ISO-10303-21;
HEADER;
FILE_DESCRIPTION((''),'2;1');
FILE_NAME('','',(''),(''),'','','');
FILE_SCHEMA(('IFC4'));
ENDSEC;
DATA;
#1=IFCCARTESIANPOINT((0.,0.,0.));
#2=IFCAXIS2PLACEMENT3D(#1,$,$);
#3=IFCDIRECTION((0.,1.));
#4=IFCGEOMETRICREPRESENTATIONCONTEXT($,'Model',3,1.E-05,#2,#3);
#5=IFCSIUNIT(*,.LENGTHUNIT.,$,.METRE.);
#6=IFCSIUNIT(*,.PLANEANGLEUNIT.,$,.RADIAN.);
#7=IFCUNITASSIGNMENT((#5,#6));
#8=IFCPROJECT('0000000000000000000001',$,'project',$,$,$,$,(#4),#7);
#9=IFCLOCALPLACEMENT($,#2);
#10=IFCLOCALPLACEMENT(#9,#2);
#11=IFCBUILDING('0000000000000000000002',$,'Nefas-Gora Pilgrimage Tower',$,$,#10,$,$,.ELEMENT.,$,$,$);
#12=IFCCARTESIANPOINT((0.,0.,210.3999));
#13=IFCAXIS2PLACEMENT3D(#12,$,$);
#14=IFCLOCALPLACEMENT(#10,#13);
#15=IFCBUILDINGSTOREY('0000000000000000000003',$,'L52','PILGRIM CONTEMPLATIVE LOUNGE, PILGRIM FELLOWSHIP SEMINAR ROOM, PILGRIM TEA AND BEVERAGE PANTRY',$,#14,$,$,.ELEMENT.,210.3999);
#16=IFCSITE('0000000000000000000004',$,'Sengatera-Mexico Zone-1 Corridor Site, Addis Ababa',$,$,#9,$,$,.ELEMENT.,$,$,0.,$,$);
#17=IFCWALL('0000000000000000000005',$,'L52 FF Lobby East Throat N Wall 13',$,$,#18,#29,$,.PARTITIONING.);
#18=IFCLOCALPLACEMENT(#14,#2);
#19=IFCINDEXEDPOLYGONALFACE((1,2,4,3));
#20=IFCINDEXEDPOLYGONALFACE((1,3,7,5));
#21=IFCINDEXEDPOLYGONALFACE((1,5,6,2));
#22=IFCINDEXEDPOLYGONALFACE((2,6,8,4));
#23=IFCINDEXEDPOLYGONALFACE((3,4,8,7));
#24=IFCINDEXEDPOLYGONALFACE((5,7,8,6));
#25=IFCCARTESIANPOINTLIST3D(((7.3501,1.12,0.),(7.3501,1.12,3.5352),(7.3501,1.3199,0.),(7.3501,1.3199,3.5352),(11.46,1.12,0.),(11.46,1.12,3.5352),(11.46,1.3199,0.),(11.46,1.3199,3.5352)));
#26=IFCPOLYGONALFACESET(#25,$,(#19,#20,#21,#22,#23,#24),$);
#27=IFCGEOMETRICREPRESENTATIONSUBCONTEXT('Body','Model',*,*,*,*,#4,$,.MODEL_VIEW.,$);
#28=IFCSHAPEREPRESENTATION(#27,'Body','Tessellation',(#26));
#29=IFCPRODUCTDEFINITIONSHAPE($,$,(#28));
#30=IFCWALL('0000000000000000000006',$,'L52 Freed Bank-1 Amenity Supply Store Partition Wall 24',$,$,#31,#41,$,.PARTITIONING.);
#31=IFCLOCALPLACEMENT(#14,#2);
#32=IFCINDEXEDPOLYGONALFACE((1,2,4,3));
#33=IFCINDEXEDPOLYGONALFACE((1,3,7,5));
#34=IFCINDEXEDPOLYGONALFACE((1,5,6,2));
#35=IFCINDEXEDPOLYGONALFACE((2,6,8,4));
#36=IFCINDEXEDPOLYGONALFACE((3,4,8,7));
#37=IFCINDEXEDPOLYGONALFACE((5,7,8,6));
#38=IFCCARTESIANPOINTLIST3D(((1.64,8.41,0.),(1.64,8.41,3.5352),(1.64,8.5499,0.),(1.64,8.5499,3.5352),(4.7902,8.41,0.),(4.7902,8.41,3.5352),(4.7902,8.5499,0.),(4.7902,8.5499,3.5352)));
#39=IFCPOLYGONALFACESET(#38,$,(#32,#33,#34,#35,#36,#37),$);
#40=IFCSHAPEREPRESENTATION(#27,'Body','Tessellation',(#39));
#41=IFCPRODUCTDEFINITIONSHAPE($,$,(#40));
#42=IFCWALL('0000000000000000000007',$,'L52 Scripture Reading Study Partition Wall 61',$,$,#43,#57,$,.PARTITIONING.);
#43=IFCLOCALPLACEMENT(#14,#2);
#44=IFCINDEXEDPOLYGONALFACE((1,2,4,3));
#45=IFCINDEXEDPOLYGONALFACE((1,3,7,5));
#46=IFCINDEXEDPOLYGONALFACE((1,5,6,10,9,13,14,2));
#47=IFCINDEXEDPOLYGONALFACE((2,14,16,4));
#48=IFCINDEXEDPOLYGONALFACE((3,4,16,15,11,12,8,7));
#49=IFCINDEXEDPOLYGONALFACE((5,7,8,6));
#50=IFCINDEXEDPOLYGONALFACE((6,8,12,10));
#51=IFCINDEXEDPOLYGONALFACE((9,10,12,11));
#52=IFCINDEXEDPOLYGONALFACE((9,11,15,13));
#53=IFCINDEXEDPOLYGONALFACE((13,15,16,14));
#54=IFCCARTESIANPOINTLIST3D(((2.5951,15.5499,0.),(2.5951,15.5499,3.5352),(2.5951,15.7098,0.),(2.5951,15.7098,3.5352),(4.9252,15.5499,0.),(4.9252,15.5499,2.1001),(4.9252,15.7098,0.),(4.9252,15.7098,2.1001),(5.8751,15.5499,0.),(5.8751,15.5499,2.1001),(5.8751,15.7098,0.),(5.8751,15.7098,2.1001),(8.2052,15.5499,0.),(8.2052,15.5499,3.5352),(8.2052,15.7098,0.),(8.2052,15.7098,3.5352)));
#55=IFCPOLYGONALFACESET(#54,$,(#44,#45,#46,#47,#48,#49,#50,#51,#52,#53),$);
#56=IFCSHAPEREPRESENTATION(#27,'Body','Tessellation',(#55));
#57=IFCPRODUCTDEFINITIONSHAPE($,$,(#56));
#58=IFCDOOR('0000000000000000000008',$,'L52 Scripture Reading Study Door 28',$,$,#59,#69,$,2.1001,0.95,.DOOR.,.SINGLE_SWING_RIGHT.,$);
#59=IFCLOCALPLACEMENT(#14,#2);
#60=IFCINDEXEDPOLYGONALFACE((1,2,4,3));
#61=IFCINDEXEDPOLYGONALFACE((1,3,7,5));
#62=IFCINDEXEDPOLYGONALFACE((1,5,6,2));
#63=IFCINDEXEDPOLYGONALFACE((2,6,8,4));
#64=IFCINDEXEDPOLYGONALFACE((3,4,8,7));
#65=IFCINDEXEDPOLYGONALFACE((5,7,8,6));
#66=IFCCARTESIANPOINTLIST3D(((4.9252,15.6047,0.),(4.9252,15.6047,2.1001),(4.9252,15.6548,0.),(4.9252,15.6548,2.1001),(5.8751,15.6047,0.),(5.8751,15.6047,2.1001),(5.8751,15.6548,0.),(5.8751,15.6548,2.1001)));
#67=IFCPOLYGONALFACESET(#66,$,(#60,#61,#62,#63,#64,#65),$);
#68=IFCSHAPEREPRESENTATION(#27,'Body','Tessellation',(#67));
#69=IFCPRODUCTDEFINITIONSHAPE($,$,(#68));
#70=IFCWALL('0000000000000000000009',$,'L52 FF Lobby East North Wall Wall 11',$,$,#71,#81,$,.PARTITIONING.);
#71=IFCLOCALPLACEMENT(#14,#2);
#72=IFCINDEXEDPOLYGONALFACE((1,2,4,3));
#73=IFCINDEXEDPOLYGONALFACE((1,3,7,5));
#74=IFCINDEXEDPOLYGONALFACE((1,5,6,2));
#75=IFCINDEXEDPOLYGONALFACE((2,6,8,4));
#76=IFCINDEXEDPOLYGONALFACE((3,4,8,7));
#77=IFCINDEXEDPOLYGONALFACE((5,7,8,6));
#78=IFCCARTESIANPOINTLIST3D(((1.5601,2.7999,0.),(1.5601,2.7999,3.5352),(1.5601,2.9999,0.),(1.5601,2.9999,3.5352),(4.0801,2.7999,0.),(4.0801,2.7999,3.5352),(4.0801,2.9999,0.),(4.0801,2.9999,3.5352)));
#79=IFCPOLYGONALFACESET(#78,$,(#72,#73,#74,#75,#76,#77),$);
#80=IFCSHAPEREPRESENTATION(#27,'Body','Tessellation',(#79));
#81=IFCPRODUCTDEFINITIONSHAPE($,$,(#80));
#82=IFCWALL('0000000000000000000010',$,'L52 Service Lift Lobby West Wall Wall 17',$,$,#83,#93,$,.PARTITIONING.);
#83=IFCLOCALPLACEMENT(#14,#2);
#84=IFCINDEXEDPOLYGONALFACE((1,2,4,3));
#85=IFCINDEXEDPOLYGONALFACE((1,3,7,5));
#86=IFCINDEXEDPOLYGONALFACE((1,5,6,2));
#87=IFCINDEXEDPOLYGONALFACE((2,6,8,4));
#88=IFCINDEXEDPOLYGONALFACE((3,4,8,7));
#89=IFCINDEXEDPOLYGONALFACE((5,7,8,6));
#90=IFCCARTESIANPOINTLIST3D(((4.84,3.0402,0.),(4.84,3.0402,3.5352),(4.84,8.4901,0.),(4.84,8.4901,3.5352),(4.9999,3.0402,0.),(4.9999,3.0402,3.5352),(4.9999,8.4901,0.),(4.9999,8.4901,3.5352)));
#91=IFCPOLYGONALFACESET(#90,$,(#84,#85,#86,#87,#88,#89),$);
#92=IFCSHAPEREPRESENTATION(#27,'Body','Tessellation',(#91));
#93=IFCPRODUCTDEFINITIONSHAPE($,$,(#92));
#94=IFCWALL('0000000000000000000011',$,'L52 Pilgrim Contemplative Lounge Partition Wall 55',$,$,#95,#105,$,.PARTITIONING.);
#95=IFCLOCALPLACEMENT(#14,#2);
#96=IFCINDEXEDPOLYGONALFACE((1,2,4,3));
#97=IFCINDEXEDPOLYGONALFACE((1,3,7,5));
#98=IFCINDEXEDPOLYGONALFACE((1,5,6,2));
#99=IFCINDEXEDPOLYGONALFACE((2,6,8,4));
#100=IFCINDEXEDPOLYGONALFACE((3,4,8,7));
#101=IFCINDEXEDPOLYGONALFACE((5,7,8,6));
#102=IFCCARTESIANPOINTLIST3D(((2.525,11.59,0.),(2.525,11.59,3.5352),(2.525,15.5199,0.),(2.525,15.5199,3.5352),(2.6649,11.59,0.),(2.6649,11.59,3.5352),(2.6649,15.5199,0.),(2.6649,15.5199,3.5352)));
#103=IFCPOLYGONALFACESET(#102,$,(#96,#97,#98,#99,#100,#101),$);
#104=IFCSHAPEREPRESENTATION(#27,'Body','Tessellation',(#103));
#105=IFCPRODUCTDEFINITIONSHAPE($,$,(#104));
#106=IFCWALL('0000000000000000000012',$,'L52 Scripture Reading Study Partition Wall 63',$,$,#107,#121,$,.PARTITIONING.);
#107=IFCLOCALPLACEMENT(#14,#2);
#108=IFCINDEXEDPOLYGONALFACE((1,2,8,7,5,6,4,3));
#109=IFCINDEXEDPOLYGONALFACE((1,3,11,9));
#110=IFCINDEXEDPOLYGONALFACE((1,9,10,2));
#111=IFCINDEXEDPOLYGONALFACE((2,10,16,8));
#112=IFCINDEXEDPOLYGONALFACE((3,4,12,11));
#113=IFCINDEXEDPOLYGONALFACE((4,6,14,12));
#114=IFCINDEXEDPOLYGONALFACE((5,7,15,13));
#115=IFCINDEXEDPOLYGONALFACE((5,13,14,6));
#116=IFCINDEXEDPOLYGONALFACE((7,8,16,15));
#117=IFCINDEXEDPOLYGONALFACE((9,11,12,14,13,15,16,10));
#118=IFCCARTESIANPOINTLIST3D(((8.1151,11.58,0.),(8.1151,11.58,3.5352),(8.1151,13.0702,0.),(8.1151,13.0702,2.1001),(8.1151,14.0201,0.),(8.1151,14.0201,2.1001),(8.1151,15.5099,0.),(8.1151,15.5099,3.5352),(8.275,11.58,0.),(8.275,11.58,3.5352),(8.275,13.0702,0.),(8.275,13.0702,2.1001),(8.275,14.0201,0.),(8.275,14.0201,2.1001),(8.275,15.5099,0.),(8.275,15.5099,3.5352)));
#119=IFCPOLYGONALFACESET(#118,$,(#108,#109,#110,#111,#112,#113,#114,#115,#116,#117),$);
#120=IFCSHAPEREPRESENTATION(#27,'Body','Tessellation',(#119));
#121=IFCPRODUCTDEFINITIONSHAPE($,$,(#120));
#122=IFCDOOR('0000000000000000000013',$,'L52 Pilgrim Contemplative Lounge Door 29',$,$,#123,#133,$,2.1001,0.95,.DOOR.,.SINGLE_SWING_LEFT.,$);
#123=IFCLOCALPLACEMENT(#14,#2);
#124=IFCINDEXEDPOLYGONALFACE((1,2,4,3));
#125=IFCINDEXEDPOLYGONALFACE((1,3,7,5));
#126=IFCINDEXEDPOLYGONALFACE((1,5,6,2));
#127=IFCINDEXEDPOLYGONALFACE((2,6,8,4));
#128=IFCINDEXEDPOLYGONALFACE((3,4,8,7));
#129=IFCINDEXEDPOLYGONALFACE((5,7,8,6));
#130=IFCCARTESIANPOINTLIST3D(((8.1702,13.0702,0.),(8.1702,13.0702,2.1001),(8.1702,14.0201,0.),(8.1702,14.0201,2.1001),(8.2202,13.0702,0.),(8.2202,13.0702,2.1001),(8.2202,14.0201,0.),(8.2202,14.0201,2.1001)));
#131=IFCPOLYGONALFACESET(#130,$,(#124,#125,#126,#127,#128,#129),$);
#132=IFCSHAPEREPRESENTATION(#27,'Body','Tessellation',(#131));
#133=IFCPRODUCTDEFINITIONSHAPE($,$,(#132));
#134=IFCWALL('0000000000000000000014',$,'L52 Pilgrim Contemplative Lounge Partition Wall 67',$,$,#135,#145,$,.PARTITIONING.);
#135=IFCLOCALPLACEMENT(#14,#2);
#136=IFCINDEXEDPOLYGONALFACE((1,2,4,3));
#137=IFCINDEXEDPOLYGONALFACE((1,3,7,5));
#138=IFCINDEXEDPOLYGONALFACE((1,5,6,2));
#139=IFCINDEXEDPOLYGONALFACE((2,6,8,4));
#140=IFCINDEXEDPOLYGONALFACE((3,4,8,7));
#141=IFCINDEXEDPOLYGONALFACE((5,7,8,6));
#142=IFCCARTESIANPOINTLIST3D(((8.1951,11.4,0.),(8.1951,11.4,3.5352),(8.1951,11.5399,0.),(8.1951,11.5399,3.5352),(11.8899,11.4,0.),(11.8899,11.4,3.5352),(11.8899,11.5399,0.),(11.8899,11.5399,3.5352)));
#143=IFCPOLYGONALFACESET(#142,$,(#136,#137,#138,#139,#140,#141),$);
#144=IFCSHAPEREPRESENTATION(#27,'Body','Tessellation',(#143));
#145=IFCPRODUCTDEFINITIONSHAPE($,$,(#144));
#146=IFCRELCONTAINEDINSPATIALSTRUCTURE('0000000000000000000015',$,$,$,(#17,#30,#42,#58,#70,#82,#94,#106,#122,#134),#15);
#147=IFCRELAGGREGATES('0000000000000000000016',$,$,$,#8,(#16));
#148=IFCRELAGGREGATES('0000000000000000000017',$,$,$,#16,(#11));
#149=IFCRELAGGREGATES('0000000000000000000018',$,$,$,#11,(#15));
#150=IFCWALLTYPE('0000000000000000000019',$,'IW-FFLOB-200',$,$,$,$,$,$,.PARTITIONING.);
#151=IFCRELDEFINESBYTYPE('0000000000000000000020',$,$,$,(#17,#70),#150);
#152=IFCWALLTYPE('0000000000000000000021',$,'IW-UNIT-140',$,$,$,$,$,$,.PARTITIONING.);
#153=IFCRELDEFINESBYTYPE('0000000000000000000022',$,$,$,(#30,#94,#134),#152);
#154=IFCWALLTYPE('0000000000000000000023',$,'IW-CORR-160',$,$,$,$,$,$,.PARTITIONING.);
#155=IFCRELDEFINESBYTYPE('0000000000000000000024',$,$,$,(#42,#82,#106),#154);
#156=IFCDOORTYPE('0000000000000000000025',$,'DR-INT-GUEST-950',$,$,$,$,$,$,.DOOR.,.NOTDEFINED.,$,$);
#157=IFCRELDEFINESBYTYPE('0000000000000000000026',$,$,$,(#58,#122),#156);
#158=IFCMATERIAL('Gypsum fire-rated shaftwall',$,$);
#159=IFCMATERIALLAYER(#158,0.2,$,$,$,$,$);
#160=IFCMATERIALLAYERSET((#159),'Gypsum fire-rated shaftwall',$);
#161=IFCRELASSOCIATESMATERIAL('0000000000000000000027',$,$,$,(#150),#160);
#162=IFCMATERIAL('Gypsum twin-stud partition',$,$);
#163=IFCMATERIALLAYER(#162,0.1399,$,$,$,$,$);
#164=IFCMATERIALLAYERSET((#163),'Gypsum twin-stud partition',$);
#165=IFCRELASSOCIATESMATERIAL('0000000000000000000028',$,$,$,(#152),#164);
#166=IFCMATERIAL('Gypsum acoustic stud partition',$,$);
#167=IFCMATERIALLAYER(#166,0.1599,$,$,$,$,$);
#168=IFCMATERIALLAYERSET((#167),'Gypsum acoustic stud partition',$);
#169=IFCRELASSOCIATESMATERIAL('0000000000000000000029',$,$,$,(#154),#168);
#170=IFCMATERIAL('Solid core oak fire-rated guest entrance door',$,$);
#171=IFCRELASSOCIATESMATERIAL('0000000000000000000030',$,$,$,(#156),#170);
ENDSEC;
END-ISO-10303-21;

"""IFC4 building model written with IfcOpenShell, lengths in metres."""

from ifc_helpers import new_model, si_unit, direction, frame, frame_2d, origin, place, context, subcontext, project, spatial, rectangle, extrude, source, transform, mapped, material, layer, layer_set, type_object, element, fill, save


model = new_model("IFC4")

# Units and contexts
model_context = context("Model", 3, precision=1e-05, world=origin(), true_north=direction((0.0, 1.0)))
body_context = subcontext(model_context, "Body", "Model", "MODEL_VIEW")
ifc_project = project(units=[si_unit("LENGTHUNIT", "METRE"), si_unit("PLANEANGLEUNIT", "RADIAN")], contexts=[model_context])

# Site, building, storey
site_placement = place(None, origin())
site = spatial("IfcSite", under=ifc_project, at=site_placement, Name="Sengatera-Mexico Zone-1 Corridor Site, Addis Ababa", CompositionType="ELEMENT", RefElevation=0.0)
building_placement = place(site_placement, origin())
building = spatial("IfcBuilding", under=site, at=building_placement, Name="Nefas-Gora Pilgrimage Tower", CompositionType="ELEMENT")
storey_placement = place(building_placement, frame((0.0, 0.0, 210.3999)))
storey = spatial("IfcBuildingStorey", under=building, at=storey_placement, Name="L52", Description="PILGRIM CONTEMPLATIVE LOUNGE, PILGRIM FELLOWSHIP SEMINAR ROOM, PILGRIM TEA AND BEVERAGE PANTRY", CompositionType="ELEMENT", Elevation=210.3999)

# Shared definitions
ifc_material_1 = material(Name="Gypsum fire-rated shaftwall")
ifc_layer_1 = layer(ifc_material_1, 0.2)
ifc_layer_set_1 = layer_set([ifc_layer_1], Name="Gypsum fire-rated shaftwall")
wall_type_1 = type_object("IfcWallType", Name="IW-FFLOB-200", PredefinedType="PARTITIONING", material=ifc_layer_set_1)

# Walls
shared_shape_1 = source(origin(), body_context, "Body", "SweptSolid", [
    extrude(rectangle(XDim=4.1099, YDim=0.2, at=frame_2d((2.0549, 0.0))), origin(), (0.0, 0.0, 1.0), 3.5352),
])
wall_1_placement = place(storey_placement, frame((7.3501, 1.22, 0.0), z_axis=(0.0, 0.0, 1.0), x_axis=(1.0, 0.0, 0.0)))
element("IfcWall", 1, at=wall_1_placement, inside=storey, type_object=wall_type_1, Name="L52 FF Lobby East Throat N Wall 13", PredefinedType="PARTITIONING", context=body_context, shape_type="MappedRepresentation", body=[
    mapped(shared_shape_1, transform((0.0, 0.0, 0.0), x_axis=(1.0, 0.0, 0.0), y_axis=(0.0, 1.0, 0.0), z_axis=(0.0, 0.0, 1.0), scale=1.0)),
])
ifc_material_2 = material(Name="Gypsum twin-stud partition")
ifc_layer_2 = layer(ifc_material_2, 0.1399)
ifc_layer_set_2 = layer_set([ifc_layer_2], Name="Gypsum twin-stud partition")
wall_type_2 = type_object("IfcWallType", Name="IW-UNIT-140", PredefinedType="PARTITIONING", material=ifc_layer_set_2)
shared_shape_2 = source(origin(), body_context, "Body", "SweptSolid", [
    extrude(rectangle(XDim=3.1501, YDim=0.1399, at=frame_2d((1.5752, 0.0))), origin(), (0.0, 0.0, 1.0), 3.5352),
])
wall_2_placement = place(storey_placement, frame((1.6399, 8.48, 0.0), z_axis=(0.0, 0.0, 1.0), x_axis=(1.0, 0.0, 0.0)))
element("IfcWall", 2, at=wall_2_placement, inside=storey, type_object=wall_type_2, Name="L52 Freed Bank-1 Amenity Supply Store Partition Wall 24", PredefinedType="PARTITIONING", context=body_context, shape_type="MappedRepresentation", body=[
    mapped(shared_shape_2, transform((0.0, 0.0, 0.0), x_axis=(1.0, 0.0, 0.0), y_axis=(0.0, 1.0, 0.0), z_axis=(0.0, 0.0, 1.0), scale=1.0)),
])

# Wall, opening, door
ifc_material_3 = material(Name="Gypsum acoustic stud partition")
ifc_layer_3 = layer(ifc_material_3, 0.1599)
ifc_layer_set_3 = layer_set([ifc_layer_3], Name="Gypsum acoustic stud partition")
wall_type_3 = type_object("IfcWallType", Name="IW-CORR-160", PredefinedType="PARTITIONING", material=ifc_layer_set_3)
shared_shape_3 = source(origin(), body_context, "Body", "SweptSolid", [
    extrude(rectangle(XDim=5.6101, YDim=0.1599, at=frame_2d((2.8052, 0.0))), origin(), (0.0, 0.0, 1.0), 3.5352),
])
wall_3_placement = place(storey_placement, frame((2.595, 15.6299, 0.0), z_axis=(0.0, 0.0, 1.0), x_axis=(1.0, 0.0, 0.0)))
wall_3 = element("IfcWall", 3, at=wall_3_placement, inside=storey, type_object=wall_type_3, Name="L52 Scripture Reading Study Partition Wall 61", PredefinedType="PARTITIONING", context=body_context, shape_type="MappedRepresentation", body=[
    mapped(shared_shape_3, transform((0.0, 0.0, 0.0), x_axis=(1.0, 0.0, 0.0), y_axis=(0.0, 1.0, 0.0), z_axis=(0.0, 0.0, 1.0), scale=1.0)),
])
opening_1_placement = place(wall_3_placement, frame((2.3301, 0.0, 0.0)))
opening_1 = element("IfcOpeningElement", 4, at=opening_1_placement, cuts=wall_3, PredefinedType="OPENING", context=body_context, shape_type="SweptSolid", body=[
    extrude(rectangle(XDim=0.95, YDim=2.1001, at=frame_2d((0.4751, 1.05))), frame((0.0, 0.0898, 0.0), z_axis=(0.0, -1.0, 0.0), x_axis=(1.0, 0.0, 0.0)), (0.0, 0.0, 1.0), 0.1799),
])
ifc_material_4 = material(Name="Solid core oak fire-rated guest entrance door")
door_type_1 = type_object("IfcDoorType", Name="DR-INT-GUEST-950", OperationType="NOTDEFINED", PredefinedType="DOOR", material=ifc_material_4)
shared_shape_4 = source(origin(), body_context, "Body", "SweptSolid", [
    extrude(rectangle(XDim=0.95, YDim=2.1001, at=frame_2d((0.4751, 1.05))), frame((0.0, 0.0249, 0.0), z_axis=(0.0, -1.0, 0.0), x_axis=(1.0, 0.0, 0.0)), (0.0, 0.0, 1.0), 0.05),
])
door_1_placement = place(opening_1_placement, origin())
door_1 = element("IfcDoor", 5, at=door_1_placement, inside=storey, type_object=door_type_1, Name="L52 Scripture Reading Study Door 28", OperationType="SINGLE_SWING_RIGHT", OverallHeight=2.1001, OverallWidth=0.95, PredefinedType="DOOR", context=body_context, shape_type="MappedRepresentation", body=[
    mapped(shared_shape_4, transform((0.0, 0.0, 0.0), x_axis=(1.0, 0.0, 0.0), y_axis=(0.0, 1.0, 0.0), z_axis=(0.0, 0.0, 1.0), scale=1.0)),
])
fill(opening_1, door_1)

# Walls
shared_shape_5 = source(origin(), body_context, "Body", "SweptSolid", [
    extrude(rectangle(XDim=2.52, YDim=0.2, at=frame_2d((1.26, 0.0))), origin(), (0.0, 0.0, 1.0), 3.5352),
])
wall_4_placement = place(storey_placement, frame((1.5601, 2.8999, 0.0), z_axis=(0.0, 0.0, 1.0), x_axis=(1.0, 0.0, 0.0)))
element("IfcWall", 6, at=wall_4_placement, inside=storey, type_object=wall_type_1, Name="L52 FF Lobby East North Wall Wall 11", PredefinedType="PARTITIONING", context=body_context, shape_type="MappedRepresentation", body=[
    mapped(shared_shape_5, transform((0.0, 0.0, 0.0), x_axis=(1.0, 0.0, 0.0), y_axis=(0.0, 1.0, 0.0), z_axis=(0.0, 0.0, 1.0), scale=1.0)),
])
shared_shape_6 = source(origin(), body_context, "Body", "SweptSolid", [
    extrude(rectangle(XDim=5.45, YDim=0.1599, at=frame_2d((2.7251, 0.0))), origin(), (0.0, 0.0, 1.0), 3.5352),
])
wall_5_placement = place(storey_placement, frame((4.9199, 3.04, 0.0), z_axis=(0.0, 0.0, 1.0), x_axis=(0.0, 1.0, 0.0)))
element("IfcWall", 7, at=wall_5_placement, inside=storey, type_object=wall_type_3, Name="L52 Service Lift Lobby West Wall Wall 17", PredefinedType="PARTITIONING", context=body_context, shape_type="MappedRepresentation", body=[
    mapped(shared_shape_6, transform((0.0, 0.0, 0.0), x_axis=(1.0, 0.0, 0.0), y_axis=(0.0, 1.0, 0.0), z_axis=(0.0, 0.0, 1.0), scale=1.0)),
])
shared_shape_7 = source(origin(), body_context, "Body", "SweptSolid", [
    extrude(rectangle(XDim=3.9299, YDim=0.1399, at=frame_2d((1.9648, 0.0))), origin(), (0.0, 0.0, 1.0), 3.5352),
])
wall_6_placement = place(storey_placement, frame((2.595, 11.5901, 0.0), z_axis=(0.0, 0.0, 1.0), x_axis=(0.0, 1.0, 0.0)))
element("IfcWall", 8, at=wall_6_placement, inside=storey, type_object=wall_type_2, Name="L52 Pilgrim Contemplative Lounge Partition Wall 55", PredefinedType="PARTITIONING", context=body_context, shape_type="MappedRepresentation", body=[
    mapped(shared_shape_7, transform((0.0, 0.0, 0.0), x_axis=(1.0, 0.0, 0.0), y_axis=(0.0, 1.0, 0.0), z_axis=(0.0, 0.0, 1.0), scale=1.0)),
])

# Wall, opening, door
shared_shape_8 = source(origin(), body_context, "Body", "SweptSolid", [
    extrude(rectangle(XDim=3.9299, YDim=0.1599, at=frame_2d((1.9648, 0.0))), origin(), (0.0, 0.0, 1.0), 3.5352),
])
wall_7_placement = place(storey_placement, frame((8.1951, 11.5801, 0.0), z_axis=(0.0, 0.0, 1.0), x_axis=(0.0, 1.0, 0.0)))
wall_7 = element("IfcWall", 9, at=wall_7_placement, inside=storey, type_object=wall_type_3, Name="L52 Scripture Reading Study Partition Wall 63", PredefinedType="PARTITIONING", context=body_context, shape_type="MappedRepresentation", body=[
    mapped(shared_shape_8, transform((0.0, 0.0, 0.0), x_axis=(1.0, 0.0, 0.0), y_axis=(0.0, 1.0, 0.0), z_axis=(0.0, 0.0, 1.0), scale=1.0)),
])
opening_2_placement = place(wall_7_placement, frame((1.49, 0.0, 0.0)))
opening_2 = element("IfcOpeningElement", 10, at=opening_2_placement, cuts=wall_7, PredefinedType="OPENING", context=body_context, shape_type="SweptSolid", body=[
    extrude(rectangle(XDim=0.95, YDim=2.1001, at=frame_2d((0.4751, 1.05))), frame((0.0, 0.0898, 0.0), z_axis=(0.0, -1.0, 0.0), x_axis=(1.0, 0.0, 0.0)), (0.0, 0.0, 1.0), 0.1799),
])
door_2_placement = place(opening_2_placement, origin())
door_2 = element("IfcDoor", 11, at=door_2_placement, inside=storey, type_object=door_type_1, Name="L52 Pilgrim Contemplative Lounge Door 29", OperationType="SINGLE_SWING_LEFT", OverallHeight=2.1001, OverallWidth=0.95, PredefinedType="DOOR", context=body_context, shape_type="MappedRepresentation", body=[
    mapped(shared_shape_4, transform((0.0, 0.0, 0.0), x_axis=(1.0, 0.0, 0.0), y_axis=(0.0, 1.0, 0.0), z_axis=(0.0, 0.0, 1.0), scale=1.0)),
])
fill(opening_2, door_2)

# Wall
shared_shape_9 = source(origin(), body_context, "Body", "SweptSolid", [
    extrude(rectangle(XDim=3.6948, YDim=0.1399, at=frame_2d((1.8474, 0.0))), origin(), (0.0, 0.0, 1.0), 3.5352),
])
wall_8_placement = place(storey_placement, frame((8.1951, 11.47, 0.0), z_axis=(0.0, 0.0, 1.0), x_axis=(1.0, 0.0, 0.0)))
element("IfcWall", 12, at=wall_8_placement, inside=storey, type_object=wall_type_2, Name="L52 Pilgrim Contemplative Lounge Partition Wall 67", PredefinedType="PARTITIONING", context=body_context, shape_type="MappedRepresentation", body=[
    mapped(shared_shape_9, transform((0.0, 0.0, 0.0), x_axis=(1.0, 0.0, 0.0), y_axis=(0.0, 1.0, 0.0), z_axis=(0.0, 0.0, 1.0), scale=1.0)),
])

save(model, "model.ifc")
